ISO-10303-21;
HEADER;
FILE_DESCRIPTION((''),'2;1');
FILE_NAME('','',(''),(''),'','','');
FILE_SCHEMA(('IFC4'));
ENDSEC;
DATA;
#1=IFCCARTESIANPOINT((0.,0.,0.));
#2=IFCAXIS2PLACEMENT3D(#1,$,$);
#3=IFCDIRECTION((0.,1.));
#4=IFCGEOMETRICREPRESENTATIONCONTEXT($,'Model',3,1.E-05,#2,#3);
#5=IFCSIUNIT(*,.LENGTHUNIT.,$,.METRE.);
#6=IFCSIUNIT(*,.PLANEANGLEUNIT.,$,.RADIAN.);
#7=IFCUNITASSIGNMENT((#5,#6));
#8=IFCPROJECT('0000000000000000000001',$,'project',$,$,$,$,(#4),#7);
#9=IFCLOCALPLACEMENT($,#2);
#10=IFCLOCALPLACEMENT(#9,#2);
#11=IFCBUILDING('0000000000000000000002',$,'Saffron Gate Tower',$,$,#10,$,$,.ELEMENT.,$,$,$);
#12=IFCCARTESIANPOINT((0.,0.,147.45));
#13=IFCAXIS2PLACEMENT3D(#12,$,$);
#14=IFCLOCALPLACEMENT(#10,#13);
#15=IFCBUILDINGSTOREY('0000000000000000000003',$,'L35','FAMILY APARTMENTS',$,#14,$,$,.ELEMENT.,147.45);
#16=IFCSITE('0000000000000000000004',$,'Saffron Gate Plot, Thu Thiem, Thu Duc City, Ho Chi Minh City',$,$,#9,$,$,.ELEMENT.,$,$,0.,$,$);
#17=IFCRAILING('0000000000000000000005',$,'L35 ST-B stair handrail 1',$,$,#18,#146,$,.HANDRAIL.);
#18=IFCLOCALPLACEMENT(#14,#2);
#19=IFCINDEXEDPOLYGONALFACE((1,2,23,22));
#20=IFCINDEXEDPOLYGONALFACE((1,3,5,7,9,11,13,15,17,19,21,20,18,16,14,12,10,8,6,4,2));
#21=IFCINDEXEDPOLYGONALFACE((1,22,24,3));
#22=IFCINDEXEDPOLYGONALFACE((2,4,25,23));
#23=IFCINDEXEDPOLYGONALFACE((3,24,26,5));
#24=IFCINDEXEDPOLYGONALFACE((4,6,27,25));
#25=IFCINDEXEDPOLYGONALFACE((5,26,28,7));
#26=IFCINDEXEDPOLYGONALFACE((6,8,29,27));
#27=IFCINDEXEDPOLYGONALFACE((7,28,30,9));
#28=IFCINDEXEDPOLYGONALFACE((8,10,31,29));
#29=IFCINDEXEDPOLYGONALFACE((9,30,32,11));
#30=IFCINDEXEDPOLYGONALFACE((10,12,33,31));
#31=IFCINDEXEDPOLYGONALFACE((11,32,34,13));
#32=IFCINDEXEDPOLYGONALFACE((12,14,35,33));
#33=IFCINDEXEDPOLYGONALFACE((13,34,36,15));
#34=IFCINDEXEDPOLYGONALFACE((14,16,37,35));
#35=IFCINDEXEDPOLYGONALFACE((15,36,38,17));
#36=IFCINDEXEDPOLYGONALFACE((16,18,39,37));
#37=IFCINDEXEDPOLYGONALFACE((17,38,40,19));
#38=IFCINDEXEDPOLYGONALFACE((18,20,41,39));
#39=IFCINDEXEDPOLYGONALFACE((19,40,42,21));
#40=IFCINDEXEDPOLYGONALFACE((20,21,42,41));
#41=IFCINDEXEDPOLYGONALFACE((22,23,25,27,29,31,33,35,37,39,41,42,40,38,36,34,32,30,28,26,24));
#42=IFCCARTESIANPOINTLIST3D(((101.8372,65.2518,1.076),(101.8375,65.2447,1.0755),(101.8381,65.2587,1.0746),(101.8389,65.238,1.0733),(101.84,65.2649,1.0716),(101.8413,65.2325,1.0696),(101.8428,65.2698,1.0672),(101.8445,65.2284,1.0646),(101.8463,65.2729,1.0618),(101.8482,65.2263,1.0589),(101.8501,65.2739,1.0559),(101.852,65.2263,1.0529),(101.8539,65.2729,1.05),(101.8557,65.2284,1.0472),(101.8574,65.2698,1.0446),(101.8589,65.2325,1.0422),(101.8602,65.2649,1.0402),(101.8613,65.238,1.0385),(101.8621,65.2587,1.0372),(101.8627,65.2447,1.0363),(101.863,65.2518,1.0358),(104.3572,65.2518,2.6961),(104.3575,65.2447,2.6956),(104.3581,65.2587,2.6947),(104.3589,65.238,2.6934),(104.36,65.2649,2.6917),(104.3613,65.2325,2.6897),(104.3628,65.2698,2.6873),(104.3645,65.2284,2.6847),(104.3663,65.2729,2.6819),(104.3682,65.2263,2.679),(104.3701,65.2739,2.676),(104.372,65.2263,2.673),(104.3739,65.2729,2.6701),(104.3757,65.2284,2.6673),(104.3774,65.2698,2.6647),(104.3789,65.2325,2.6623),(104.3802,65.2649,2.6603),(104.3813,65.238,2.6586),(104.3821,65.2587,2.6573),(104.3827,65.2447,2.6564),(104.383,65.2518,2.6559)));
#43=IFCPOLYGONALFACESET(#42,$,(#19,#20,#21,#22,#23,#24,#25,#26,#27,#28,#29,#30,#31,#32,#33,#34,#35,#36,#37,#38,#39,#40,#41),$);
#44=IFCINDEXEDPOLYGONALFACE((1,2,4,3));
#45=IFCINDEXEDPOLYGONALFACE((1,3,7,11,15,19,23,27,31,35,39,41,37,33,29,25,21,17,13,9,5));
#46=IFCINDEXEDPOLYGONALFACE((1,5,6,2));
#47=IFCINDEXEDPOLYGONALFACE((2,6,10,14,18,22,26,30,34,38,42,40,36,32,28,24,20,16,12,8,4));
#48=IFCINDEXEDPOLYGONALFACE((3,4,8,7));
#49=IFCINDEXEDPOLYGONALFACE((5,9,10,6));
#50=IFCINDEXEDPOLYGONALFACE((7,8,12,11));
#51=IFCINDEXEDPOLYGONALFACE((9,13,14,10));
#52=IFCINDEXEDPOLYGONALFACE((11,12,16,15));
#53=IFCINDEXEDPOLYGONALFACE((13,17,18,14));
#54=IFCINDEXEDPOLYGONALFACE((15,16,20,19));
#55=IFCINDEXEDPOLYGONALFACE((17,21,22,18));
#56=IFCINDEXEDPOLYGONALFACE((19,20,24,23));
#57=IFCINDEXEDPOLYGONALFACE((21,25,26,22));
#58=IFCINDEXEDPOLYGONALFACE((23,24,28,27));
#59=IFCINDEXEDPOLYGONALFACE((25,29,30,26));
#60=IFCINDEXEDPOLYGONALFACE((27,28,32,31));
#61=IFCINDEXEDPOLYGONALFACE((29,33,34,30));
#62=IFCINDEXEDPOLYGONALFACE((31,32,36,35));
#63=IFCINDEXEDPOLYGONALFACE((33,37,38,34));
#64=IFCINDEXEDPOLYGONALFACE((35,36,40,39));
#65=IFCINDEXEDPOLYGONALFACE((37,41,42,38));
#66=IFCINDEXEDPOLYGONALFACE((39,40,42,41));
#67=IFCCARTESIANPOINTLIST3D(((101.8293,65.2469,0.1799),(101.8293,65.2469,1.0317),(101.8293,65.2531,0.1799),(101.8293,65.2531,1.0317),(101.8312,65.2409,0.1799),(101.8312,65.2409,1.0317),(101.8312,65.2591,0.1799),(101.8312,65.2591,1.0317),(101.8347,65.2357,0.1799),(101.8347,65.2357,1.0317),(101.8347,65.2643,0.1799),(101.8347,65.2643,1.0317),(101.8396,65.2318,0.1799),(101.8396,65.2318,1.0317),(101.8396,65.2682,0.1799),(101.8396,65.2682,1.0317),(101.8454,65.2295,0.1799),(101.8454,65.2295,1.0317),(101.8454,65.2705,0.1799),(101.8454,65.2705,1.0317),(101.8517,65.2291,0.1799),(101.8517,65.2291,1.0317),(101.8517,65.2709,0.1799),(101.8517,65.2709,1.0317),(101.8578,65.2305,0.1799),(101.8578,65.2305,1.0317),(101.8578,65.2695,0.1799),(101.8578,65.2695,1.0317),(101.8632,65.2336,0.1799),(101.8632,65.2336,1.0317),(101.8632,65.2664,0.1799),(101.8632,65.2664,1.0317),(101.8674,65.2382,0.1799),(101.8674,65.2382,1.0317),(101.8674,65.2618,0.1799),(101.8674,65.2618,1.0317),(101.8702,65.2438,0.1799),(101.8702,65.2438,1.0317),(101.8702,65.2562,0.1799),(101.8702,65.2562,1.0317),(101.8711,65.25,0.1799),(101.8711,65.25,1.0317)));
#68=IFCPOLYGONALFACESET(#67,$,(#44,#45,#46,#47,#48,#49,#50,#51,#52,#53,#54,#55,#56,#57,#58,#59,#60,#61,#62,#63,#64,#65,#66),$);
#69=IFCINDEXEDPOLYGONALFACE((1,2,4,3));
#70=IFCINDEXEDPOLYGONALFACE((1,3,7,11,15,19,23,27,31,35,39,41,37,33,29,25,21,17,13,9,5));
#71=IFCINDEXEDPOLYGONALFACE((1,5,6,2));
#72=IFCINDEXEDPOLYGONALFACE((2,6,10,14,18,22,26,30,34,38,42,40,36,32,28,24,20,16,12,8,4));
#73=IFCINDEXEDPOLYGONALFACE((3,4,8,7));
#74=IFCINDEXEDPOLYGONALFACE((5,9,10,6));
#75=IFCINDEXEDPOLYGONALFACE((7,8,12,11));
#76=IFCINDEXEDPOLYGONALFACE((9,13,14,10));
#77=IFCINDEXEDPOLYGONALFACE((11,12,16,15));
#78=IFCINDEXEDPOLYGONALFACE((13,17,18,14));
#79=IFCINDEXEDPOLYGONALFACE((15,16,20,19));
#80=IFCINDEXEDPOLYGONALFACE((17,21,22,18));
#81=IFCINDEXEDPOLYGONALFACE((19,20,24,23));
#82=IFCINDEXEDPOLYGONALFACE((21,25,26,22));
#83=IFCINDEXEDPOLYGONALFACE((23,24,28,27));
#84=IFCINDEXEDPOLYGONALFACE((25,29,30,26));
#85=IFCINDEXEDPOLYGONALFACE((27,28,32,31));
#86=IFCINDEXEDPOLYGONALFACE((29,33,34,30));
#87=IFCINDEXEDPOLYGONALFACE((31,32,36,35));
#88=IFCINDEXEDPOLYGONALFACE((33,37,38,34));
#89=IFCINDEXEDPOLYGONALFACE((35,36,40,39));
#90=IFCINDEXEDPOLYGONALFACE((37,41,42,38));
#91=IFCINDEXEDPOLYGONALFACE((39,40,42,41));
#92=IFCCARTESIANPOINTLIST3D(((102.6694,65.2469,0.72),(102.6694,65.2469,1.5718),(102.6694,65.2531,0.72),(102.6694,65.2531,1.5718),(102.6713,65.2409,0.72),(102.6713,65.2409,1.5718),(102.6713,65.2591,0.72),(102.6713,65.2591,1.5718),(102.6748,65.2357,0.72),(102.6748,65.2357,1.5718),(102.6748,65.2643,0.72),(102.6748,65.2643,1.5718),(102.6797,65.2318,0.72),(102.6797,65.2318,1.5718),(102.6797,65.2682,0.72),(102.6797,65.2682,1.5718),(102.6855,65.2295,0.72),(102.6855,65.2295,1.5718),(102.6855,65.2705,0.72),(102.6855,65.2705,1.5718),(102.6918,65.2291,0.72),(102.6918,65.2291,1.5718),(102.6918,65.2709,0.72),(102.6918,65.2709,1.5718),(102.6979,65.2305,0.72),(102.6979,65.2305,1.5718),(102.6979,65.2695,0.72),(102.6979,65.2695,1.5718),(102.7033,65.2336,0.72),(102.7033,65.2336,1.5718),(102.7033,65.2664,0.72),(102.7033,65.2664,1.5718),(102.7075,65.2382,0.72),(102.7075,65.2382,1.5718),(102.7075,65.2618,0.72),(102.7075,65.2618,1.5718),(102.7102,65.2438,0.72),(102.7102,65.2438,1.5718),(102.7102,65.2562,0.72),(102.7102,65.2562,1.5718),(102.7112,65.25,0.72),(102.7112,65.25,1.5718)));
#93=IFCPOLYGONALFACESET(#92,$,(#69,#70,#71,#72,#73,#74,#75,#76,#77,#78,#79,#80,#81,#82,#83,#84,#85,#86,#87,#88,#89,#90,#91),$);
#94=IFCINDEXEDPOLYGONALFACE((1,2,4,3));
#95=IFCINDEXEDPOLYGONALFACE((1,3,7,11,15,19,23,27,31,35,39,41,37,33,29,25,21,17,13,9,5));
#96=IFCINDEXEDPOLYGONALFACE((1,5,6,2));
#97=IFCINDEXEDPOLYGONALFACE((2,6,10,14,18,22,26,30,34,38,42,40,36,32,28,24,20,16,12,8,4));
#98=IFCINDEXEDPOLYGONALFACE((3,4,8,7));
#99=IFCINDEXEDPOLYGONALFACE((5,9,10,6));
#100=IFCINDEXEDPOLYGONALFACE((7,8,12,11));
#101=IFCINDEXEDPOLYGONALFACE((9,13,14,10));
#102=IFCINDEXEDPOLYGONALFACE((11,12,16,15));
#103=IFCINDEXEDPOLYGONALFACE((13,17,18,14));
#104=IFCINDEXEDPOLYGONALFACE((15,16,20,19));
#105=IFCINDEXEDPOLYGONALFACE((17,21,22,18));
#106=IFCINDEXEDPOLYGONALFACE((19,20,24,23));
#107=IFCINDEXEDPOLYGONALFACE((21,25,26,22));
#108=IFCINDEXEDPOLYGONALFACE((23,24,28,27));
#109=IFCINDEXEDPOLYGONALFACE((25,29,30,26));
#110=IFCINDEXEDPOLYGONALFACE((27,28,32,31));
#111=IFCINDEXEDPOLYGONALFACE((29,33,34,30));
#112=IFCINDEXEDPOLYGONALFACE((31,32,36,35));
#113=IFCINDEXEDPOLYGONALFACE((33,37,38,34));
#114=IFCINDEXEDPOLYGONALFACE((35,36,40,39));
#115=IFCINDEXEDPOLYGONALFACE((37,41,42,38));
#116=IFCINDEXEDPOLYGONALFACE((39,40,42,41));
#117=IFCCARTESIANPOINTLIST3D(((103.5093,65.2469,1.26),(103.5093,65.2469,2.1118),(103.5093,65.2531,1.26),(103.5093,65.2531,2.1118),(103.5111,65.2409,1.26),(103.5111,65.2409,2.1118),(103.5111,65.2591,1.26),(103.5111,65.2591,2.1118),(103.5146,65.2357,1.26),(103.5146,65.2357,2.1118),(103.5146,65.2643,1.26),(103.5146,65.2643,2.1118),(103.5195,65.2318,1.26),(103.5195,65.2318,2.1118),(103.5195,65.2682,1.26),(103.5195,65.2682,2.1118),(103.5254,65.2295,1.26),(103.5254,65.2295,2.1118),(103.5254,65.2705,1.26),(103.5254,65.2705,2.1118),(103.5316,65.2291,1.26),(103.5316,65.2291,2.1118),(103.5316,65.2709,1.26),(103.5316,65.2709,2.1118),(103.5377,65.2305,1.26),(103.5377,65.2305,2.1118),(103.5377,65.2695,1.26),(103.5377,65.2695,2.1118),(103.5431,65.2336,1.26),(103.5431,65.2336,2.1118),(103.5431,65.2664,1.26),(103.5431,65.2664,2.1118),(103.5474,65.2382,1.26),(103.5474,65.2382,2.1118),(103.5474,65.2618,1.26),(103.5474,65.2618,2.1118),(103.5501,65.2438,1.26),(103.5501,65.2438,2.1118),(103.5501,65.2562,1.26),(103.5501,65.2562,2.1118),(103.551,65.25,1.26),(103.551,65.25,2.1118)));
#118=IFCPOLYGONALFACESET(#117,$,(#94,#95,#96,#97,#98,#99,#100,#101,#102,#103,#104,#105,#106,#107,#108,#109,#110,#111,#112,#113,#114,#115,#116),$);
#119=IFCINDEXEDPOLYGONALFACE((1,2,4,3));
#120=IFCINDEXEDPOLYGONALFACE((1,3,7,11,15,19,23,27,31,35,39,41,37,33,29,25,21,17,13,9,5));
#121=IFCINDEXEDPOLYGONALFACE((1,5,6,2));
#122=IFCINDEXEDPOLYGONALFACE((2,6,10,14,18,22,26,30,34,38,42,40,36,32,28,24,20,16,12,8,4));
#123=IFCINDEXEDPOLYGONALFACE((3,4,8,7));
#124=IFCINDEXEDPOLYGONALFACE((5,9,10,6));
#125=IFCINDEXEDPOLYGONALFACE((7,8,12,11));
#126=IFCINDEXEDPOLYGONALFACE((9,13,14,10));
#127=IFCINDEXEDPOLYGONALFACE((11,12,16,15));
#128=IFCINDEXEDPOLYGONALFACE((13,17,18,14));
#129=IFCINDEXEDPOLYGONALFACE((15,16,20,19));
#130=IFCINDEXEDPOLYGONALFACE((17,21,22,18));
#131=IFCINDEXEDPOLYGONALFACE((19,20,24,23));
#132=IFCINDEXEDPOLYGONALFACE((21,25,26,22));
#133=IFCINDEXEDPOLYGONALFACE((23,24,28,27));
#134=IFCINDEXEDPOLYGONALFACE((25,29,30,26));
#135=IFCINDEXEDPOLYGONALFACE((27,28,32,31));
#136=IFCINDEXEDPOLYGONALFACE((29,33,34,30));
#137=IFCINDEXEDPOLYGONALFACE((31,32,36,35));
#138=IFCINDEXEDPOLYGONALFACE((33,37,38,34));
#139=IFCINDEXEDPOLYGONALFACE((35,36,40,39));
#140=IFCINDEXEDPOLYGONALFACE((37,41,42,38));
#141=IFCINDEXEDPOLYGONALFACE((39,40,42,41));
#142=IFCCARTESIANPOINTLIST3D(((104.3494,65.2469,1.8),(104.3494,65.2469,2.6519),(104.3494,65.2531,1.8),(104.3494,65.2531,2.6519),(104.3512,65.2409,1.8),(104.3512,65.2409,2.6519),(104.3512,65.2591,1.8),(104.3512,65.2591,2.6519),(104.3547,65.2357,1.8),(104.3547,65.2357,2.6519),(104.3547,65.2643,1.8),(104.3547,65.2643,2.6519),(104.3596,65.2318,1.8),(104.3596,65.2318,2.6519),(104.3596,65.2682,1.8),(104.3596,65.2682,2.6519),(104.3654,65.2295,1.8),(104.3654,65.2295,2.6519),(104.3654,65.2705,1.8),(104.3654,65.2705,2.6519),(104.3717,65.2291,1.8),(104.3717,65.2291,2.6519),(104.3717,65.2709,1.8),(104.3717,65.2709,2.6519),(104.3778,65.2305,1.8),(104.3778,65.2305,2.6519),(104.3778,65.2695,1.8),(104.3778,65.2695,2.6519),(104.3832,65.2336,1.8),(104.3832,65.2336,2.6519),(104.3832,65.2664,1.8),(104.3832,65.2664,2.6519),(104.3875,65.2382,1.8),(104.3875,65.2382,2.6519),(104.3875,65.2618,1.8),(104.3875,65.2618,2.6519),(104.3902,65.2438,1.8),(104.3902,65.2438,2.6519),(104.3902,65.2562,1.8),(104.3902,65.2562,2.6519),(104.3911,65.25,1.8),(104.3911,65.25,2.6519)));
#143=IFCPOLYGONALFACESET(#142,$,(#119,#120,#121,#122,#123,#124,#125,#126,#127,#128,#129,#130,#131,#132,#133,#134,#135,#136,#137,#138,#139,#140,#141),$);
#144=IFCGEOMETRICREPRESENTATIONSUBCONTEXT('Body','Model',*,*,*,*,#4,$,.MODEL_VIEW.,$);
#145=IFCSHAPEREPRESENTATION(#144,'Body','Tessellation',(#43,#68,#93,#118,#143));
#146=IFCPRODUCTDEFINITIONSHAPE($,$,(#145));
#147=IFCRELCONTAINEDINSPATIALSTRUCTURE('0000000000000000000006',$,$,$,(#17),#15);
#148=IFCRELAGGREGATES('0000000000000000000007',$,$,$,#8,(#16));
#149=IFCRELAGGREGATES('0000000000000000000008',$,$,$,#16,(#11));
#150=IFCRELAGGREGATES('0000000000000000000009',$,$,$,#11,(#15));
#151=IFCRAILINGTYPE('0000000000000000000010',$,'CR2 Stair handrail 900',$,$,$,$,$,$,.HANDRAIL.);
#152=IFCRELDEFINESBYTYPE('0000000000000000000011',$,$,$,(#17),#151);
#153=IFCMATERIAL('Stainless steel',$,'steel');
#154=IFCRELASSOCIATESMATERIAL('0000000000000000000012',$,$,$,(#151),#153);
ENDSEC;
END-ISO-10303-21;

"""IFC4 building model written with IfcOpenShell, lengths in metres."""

from ifc_helpers import new_model, si_unit, direction, frame, origin, origin_2d, place, context, subcontext, project, spatial, circle, extrude, material, type_object, element, save


model = new_model("IFC4")

# Units and contexts
model_context = context("Model", 3, precision=1e-05, world=origin(), true_north=direction((0.0, 1.0)))
body_context = subcontext(model_context, "Body", "Model", "MODEL_VIEW")
ifc_project = project(units=[si_unit("LENGTHUNIT", "METRE"), si_unit("PLANEANGLEUNIT", "RADIAN")], contexts=[model_context])

# Site, building, storey
site_placement = place(None, origin())
site = spatial("IfcSite", under=ifc_project, at=site_placement, Name="Saffron Gate Plot, Thu Thiem, Thu Duc City, Ho Chi Minh City", CompositionType="ELEMENT", RefElevation=0.0)
building_placement = place(site_placement, origin())
building = spatial("IfcBuilding", under=site, at=building_placement, Name="Saffron Gate Tower", CompositionType="ELEMENT")
storey_placement = place(building_placement, frame((0.0, 0.0, 147.45)))
storey = spatial("IfcBuildingStorey", under=building, at=storey_placement, Name="L35", Description="FAMILY APARTMENTS", CompositionType="ELEMENT", Elevation=147.45)

# Railing
ifc_material_1 = material(Name="Stainless steel", Category="steel")
railing_type_1 = type_object("IfcRailingType", Name="CR2 Stair handrail 900", PredefinedType="HANDRAIL", material=ifc_material_1)
railing_1_placement = place(storey_placement, frame((101.8501, 65.25, 0.1799)))
element("IfcRailing", 1, at=railing_1_placement, inside=storey, type_object=railing_type_1, Name="L35 ST-B stair handrail 1", PredefinedType="HANDRAIL", context=body_context, shape_type="SweptSolid", body=[
    extrude(circle(Radius=0.0239, at=origin_2d()), frame((0.0, 0.0, 0.876), z_axis=(0.841163, 0.0, 0.540782), x_axis=(0.0, 1.0, 0.0)), (0.0, 0.0, 1.0), 2.9958),
    extrude(circle(Radius=0.021, at=origin_2d()), origin(), (0.0, 0.0, 1.0), 0.8518),
    extrude(circle(Radius=0.021, at=origin_2d()), frame((0.8401, 0.0, 0.54)), (0.0, 0.0, 1.0), 0.8518),
    extrude(circle(Radius=0.021, at=origin_2d()), frame((1.6799, 0.0, 1.0801)), (0.0, 0.0, 1.0), 0.8518),
    extrude(circle(Radius=0.021, at=origin_2d()), frame((2.52, 0.0, 1.6201)), (0.0, 0.0, 1.0), 0.8518),
])

save(model, "model.ifc")
